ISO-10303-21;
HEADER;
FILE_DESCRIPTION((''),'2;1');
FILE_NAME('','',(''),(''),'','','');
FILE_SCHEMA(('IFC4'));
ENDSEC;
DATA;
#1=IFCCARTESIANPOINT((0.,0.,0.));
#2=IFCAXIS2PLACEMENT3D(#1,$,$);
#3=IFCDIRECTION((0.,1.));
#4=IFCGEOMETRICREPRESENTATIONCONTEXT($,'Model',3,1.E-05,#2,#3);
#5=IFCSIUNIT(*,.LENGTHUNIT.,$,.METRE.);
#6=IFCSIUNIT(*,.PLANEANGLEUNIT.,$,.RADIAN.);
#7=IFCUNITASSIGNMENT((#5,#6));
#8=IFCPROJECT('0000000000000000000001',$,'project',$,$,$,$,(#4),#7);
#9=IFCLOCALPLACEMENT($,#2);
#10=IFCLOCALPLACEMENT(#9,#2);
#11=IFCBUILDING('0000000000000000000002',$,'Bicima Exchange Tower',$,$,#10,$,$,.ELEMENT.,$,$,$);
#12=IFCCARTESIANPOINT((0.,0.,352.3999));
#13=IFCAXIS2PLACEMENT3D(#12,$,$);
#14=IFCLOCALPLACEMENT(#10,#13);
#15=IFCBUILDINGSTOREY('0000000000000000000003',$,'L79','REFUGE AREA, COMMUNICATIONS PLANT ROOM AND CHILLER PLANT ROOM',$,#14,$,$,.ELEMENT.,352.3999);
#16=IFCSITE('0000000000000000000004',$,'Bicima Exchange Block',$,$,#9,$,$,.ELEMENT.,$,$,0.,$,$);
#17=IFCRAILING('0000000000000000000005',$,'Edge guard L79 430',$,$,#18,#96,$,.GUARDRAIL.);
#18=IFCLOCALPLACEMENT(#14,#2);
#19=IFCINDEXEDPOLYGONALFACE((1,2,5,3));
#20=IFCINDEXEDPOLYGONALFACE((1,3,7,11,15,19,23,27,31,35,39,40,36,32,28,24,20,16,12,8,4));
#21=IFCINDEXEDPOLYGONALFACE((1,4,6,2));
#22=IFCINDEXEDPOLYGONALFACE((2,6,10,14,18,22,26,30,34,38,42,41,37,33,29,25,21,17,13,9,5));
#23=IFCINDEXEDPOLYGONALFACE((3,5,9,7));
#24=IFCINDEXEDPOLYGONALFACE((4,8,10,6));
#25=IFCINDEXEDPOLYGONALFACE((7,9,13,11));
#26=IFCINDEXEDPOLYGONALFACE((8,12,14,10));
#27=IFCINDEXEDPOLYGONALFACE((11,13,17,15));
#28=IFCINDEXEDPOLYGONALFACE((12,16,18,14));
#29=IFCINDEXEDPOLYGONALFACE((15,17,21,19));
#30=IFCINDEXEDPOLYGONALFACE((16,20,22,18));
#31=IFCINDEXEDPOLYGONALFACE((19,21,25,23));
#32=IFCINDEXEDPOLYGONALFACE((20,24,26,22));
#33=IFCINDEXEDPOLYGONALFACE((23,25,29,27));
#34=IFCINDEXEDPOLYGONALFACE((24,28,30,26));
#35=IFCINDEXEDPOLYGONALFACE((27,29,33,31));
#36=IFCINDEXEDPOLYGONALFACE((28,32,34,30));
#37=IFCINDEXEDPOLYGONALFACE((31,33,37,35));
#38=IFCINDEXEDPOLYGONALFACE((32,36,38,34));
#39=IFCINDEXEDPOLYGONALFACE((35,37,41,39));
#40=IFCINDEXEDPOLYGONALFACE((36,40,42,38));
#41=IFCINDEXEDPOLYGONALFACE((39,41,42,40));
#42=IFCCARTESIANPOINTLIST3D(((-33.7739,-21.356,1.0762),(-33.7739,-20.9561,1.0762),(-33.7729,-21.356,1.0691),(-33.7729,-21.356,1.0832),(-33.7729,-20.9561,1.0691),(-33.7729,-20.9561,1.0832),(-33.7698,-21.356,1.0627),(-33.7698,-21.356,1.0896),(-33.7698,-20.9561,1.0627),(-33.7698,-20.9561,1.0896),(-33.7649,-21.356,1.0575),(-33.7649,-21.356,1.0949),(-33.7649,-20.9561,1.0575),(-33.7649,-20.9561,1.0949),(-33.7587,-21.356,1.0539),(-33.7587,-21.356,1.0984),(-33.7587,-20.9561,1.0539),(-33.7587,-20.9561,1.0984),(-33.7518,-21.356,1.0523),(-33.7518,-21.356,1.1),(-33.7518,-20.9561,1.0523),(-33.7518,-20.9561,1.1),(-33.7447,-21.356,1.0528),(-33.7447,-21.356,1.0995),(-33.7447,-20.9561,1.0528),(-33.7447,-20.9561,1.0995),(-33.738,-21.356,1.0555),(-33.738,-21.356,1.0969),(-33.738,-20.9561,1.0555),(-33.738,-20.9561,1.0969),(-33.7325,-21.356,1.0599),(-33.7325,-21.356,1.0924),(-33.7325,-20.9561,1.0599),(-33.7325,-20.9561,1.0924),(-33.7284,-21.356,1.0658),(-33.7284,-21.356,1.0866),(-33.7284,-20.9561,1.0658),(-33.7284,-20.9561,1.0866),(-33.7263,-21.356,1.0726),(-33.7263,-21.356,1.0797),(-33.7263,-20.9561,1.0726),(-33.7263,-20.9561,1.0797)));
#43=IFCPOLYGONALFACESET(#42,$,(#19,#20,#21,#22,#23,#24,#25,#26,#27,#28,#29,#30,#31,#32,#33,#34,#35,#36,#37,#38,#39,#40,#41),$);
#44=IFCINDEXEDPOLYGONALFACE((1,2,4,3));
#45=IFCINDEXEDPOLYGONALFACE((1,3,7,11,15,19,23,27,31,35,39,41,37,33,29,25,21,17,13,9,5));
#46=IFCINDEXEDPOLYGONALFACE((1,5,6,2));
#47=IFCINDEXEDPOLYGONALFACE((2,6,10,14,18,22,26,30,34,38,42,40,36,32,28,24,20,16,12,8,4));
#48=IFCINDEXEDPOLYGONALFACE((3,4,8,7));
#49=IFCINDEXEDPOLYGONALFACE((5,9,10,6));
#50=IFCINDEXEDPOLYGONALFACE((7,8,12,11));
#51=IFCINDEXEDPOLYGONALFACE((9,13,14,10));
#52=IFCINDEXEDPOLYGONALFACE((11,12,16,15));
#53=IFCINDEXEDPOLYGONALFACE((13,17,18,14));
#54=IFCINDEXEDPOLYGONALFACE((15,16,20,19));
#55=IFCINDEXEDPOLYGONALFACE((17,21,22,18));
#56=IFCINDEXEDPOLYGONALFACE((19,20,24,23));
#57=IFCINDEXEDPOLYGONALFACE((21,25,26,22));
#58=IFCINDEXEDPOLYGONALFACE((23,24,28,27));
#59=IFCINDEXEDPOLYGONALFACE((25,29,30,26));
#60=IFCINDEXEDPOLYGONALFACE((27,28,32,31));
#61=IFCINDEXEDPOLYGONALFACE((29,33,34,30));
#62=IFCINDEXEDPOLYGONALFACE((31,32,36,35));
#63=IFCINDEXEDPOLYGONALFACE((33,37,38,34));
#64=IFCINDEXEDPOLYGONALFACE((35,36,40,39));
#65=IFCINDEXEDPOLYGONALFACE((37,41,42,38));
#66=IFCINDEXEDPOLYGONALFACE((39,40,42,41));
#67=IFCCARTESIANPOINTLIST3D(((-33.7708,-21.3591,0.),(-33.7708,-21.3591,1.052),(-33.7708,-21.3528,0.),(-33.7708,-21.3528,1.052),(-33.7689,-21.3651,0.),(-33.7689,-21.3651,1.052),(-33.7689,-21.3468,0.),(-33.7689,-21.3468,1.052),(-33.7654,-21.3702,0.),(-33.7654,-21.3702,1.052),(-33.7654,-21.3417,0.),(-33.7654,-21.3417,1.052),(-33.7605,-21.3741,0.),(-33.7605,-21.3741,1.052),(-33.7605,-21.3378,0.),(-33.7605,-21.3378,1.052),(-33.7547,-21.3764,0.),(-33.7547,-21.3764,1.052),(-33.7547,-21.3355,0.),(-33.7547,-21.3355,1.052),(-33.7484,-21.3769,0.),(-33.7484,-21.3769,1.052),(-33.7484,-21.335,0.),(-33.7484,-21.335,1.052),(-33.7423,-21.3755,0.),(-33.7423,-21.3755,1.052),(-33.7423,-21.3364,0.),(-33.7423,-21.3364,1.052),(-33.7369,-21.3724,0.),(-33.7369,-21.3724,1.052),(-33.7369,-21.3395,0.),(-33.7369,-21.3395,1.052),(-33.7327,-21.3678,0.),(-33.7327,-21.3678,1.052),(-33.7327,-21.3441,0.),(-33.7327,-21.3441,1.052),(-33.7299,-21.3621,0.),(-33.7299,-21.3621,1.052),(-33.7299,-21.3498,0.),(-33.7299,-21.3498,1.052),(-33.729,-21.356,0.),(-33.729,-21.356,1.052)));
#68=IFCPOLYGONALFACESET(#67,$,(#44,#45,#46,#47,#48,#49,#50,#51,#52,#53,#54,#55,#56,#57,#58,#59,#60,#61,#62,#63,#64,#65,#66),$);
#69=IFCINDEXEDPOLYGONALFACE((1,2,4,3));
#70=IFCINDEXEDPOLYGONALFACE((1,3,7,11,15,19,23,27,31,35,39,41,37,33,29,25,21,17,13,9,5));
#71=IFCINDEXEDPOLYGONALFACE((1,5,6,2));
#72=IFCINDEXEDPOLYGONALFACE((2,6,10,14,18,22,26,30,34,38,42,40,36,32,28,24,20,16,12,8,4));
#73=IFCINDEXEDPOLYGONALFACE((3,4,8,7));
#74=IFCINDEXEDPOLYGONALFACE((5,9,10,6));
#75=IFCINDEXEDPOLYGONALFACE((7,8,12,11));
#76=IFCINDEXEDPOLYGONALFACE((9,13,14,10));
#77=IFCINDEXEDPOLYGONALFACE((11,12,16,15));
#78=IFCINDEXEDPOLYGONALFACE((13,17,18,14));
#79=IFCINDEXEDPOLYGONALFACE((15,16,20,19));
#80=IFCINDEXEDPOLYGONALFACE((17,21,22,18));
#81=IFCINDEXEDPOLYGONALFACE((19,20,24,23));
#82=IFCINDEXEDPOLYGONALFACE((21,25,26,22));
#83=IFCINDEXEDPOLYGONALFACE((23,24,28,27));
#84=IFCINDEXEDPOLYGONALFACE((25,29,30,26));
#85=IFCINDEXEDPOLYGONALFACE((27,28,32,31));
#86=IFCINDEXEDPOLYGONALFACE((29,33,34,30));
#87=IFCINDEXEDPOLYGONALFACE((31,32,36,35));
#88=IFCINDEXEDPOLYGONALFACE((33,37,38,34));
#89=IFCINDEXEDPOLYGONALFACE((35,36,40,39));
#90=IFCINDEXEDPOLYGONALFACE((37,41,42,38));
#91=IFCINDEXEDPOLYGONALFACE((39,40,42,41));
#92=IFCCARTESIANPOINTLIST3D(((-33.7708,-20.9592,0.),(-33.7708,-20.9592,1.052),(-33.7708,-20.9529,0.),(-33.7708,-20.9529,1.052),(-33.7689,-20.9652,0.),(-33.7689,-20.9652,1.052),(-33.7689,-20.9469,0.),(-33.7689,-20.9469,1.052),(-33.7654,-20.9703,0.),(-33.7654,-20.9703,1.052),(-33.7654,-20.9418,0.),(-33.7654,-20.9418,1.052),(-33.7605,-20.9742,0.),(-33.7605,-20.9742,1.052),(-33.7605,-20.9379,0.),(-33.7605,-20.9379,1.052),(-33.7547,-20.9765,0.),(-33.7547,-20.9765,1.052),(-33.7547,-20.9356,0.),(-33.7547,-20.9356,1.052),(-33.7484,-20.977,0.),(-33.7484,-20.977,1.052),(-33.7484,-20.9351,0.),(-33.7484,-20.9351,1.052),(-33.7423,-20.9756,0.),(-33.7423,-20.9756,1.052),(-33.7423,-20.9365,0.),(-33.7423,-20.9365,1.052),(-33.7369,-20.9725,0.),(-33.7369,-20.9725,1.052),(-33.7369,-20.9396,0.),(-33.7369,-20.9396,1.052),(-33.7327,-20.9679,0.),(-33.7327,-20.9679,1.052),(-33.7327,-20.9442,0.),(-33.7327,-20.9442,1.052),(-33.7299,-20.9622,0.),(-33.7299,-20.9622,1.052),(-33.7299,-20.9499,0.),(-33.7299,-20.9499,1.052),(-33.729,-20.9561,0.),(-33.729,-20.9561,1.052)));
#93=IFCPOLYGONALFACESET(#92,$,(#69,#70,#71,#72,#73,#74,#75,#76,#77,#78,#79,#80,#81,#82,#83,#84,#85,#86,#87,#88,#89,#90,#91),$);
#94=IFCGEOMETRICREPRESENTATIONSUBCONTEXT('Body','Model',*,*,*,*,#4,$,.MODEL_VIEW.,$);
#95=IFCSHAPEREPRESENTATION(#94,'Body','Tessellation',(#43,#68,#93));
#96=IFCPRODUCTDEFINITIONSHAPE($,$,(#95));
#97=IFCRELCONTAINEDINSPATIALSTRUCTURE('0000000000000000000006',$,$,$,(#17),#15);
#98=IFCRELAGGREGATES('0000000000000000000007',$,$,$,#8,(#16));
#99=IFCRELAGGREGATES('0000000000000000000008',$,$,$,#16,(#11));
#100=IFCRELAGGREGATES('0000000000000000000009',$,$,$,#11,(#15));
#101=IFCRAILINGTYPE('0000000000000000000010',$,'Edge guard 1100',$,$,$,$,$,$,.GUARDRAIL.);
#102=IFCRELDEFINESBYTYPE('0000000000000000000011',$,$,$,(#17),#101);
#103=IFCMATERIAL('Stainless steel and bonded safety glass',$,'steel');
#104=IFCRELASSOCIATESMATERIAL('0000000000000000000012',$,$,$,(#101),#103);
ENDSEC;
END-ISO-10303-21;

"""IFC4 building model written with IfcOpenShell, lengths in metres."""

from ifc_helpers import new_model, si_unit, direction, frame, origin, origin_2d, place, context, subcontext, project, spatial, circle, extrude, material, type_object, element, save


model = new_model("IFC4")

# Units and contexts
model_context = context("Model", 3, precision=1e-05, world=origin(), true_north=direction((0.0, 1.0)))
body_context = subcontext(model_context, "Body", "Model", "MODEL_VIEW")
ifc_project = project(units=[si_unit("LENGTHUNIT", "METRE"), si_unit("PLANEANGLEUNIT", "RADIAN")], contexts=[model_context])

# Site, building, storey
site_placement = place(None, origin())
site = spatial("IfcSite", under=ifc_project, at=site_placement, Name="Bicima Exchange Block", CompositionType="ELEMENT", RefElevation=0.0)
building_placement = place(site_placement, origin())
building = spatial("IfcBuilding", under=site, at=building_placement, Name="Bicima Exchange Tower", CompositionType="ELEMENT")
storey_placement = place(building_placement, frame((0.0, 0.0, 352.3999)))
storey = spatial("IfcBuildingStorey", under=building, at=storey_placement, Name="L79", Description="REFUGE AREA, COMMUNICATIONS PLANT ROOM AND CHILLER PLANT ROOM", CompositionType="ELEMENT", Elevation=352.3999)

# Railing
ifc_material_1 = material(Name="Stainless steel and bonded safety glass", Category="steel")
railing_type = type_object("IfcRailingType", Name="Edge guard 1100", PredefinedType="GUARDRAIL", material=ifc_material_1)
railing_1_placement = place(storey_placement, frame((-33.75, -21.356, 0.0)))
element("IfcRailing", 1, at=railing_1_placement, inside=storey, type_object=railing_type, Name="Edge guard L79 430", PredefinedType="GUARDRAIL", context=body_context, shape_type="SweptSolid", body=[
    extrude(circle(Radius=0.0239, at=origin_2d()), frame((0.0, 0.0, 1.0762), z_axis=(0.0, 1.0, 0.0), x_axis=(-1.0, 0.0, 0.0)), (0.0, 0.0, 1.0), 0.3999),
    extrude(circle(Radius=0.021, at=origin_2d()), origin(), (0.0, 0.0, 1.0), 1.052),
    extrude(circle(Radius=0.021, at=origin_2d()), frame((0.0, 0.3999, 0.0)), (0.0, 0.0, 1.0), 1.052),
])

save(model, "model.ifc")
